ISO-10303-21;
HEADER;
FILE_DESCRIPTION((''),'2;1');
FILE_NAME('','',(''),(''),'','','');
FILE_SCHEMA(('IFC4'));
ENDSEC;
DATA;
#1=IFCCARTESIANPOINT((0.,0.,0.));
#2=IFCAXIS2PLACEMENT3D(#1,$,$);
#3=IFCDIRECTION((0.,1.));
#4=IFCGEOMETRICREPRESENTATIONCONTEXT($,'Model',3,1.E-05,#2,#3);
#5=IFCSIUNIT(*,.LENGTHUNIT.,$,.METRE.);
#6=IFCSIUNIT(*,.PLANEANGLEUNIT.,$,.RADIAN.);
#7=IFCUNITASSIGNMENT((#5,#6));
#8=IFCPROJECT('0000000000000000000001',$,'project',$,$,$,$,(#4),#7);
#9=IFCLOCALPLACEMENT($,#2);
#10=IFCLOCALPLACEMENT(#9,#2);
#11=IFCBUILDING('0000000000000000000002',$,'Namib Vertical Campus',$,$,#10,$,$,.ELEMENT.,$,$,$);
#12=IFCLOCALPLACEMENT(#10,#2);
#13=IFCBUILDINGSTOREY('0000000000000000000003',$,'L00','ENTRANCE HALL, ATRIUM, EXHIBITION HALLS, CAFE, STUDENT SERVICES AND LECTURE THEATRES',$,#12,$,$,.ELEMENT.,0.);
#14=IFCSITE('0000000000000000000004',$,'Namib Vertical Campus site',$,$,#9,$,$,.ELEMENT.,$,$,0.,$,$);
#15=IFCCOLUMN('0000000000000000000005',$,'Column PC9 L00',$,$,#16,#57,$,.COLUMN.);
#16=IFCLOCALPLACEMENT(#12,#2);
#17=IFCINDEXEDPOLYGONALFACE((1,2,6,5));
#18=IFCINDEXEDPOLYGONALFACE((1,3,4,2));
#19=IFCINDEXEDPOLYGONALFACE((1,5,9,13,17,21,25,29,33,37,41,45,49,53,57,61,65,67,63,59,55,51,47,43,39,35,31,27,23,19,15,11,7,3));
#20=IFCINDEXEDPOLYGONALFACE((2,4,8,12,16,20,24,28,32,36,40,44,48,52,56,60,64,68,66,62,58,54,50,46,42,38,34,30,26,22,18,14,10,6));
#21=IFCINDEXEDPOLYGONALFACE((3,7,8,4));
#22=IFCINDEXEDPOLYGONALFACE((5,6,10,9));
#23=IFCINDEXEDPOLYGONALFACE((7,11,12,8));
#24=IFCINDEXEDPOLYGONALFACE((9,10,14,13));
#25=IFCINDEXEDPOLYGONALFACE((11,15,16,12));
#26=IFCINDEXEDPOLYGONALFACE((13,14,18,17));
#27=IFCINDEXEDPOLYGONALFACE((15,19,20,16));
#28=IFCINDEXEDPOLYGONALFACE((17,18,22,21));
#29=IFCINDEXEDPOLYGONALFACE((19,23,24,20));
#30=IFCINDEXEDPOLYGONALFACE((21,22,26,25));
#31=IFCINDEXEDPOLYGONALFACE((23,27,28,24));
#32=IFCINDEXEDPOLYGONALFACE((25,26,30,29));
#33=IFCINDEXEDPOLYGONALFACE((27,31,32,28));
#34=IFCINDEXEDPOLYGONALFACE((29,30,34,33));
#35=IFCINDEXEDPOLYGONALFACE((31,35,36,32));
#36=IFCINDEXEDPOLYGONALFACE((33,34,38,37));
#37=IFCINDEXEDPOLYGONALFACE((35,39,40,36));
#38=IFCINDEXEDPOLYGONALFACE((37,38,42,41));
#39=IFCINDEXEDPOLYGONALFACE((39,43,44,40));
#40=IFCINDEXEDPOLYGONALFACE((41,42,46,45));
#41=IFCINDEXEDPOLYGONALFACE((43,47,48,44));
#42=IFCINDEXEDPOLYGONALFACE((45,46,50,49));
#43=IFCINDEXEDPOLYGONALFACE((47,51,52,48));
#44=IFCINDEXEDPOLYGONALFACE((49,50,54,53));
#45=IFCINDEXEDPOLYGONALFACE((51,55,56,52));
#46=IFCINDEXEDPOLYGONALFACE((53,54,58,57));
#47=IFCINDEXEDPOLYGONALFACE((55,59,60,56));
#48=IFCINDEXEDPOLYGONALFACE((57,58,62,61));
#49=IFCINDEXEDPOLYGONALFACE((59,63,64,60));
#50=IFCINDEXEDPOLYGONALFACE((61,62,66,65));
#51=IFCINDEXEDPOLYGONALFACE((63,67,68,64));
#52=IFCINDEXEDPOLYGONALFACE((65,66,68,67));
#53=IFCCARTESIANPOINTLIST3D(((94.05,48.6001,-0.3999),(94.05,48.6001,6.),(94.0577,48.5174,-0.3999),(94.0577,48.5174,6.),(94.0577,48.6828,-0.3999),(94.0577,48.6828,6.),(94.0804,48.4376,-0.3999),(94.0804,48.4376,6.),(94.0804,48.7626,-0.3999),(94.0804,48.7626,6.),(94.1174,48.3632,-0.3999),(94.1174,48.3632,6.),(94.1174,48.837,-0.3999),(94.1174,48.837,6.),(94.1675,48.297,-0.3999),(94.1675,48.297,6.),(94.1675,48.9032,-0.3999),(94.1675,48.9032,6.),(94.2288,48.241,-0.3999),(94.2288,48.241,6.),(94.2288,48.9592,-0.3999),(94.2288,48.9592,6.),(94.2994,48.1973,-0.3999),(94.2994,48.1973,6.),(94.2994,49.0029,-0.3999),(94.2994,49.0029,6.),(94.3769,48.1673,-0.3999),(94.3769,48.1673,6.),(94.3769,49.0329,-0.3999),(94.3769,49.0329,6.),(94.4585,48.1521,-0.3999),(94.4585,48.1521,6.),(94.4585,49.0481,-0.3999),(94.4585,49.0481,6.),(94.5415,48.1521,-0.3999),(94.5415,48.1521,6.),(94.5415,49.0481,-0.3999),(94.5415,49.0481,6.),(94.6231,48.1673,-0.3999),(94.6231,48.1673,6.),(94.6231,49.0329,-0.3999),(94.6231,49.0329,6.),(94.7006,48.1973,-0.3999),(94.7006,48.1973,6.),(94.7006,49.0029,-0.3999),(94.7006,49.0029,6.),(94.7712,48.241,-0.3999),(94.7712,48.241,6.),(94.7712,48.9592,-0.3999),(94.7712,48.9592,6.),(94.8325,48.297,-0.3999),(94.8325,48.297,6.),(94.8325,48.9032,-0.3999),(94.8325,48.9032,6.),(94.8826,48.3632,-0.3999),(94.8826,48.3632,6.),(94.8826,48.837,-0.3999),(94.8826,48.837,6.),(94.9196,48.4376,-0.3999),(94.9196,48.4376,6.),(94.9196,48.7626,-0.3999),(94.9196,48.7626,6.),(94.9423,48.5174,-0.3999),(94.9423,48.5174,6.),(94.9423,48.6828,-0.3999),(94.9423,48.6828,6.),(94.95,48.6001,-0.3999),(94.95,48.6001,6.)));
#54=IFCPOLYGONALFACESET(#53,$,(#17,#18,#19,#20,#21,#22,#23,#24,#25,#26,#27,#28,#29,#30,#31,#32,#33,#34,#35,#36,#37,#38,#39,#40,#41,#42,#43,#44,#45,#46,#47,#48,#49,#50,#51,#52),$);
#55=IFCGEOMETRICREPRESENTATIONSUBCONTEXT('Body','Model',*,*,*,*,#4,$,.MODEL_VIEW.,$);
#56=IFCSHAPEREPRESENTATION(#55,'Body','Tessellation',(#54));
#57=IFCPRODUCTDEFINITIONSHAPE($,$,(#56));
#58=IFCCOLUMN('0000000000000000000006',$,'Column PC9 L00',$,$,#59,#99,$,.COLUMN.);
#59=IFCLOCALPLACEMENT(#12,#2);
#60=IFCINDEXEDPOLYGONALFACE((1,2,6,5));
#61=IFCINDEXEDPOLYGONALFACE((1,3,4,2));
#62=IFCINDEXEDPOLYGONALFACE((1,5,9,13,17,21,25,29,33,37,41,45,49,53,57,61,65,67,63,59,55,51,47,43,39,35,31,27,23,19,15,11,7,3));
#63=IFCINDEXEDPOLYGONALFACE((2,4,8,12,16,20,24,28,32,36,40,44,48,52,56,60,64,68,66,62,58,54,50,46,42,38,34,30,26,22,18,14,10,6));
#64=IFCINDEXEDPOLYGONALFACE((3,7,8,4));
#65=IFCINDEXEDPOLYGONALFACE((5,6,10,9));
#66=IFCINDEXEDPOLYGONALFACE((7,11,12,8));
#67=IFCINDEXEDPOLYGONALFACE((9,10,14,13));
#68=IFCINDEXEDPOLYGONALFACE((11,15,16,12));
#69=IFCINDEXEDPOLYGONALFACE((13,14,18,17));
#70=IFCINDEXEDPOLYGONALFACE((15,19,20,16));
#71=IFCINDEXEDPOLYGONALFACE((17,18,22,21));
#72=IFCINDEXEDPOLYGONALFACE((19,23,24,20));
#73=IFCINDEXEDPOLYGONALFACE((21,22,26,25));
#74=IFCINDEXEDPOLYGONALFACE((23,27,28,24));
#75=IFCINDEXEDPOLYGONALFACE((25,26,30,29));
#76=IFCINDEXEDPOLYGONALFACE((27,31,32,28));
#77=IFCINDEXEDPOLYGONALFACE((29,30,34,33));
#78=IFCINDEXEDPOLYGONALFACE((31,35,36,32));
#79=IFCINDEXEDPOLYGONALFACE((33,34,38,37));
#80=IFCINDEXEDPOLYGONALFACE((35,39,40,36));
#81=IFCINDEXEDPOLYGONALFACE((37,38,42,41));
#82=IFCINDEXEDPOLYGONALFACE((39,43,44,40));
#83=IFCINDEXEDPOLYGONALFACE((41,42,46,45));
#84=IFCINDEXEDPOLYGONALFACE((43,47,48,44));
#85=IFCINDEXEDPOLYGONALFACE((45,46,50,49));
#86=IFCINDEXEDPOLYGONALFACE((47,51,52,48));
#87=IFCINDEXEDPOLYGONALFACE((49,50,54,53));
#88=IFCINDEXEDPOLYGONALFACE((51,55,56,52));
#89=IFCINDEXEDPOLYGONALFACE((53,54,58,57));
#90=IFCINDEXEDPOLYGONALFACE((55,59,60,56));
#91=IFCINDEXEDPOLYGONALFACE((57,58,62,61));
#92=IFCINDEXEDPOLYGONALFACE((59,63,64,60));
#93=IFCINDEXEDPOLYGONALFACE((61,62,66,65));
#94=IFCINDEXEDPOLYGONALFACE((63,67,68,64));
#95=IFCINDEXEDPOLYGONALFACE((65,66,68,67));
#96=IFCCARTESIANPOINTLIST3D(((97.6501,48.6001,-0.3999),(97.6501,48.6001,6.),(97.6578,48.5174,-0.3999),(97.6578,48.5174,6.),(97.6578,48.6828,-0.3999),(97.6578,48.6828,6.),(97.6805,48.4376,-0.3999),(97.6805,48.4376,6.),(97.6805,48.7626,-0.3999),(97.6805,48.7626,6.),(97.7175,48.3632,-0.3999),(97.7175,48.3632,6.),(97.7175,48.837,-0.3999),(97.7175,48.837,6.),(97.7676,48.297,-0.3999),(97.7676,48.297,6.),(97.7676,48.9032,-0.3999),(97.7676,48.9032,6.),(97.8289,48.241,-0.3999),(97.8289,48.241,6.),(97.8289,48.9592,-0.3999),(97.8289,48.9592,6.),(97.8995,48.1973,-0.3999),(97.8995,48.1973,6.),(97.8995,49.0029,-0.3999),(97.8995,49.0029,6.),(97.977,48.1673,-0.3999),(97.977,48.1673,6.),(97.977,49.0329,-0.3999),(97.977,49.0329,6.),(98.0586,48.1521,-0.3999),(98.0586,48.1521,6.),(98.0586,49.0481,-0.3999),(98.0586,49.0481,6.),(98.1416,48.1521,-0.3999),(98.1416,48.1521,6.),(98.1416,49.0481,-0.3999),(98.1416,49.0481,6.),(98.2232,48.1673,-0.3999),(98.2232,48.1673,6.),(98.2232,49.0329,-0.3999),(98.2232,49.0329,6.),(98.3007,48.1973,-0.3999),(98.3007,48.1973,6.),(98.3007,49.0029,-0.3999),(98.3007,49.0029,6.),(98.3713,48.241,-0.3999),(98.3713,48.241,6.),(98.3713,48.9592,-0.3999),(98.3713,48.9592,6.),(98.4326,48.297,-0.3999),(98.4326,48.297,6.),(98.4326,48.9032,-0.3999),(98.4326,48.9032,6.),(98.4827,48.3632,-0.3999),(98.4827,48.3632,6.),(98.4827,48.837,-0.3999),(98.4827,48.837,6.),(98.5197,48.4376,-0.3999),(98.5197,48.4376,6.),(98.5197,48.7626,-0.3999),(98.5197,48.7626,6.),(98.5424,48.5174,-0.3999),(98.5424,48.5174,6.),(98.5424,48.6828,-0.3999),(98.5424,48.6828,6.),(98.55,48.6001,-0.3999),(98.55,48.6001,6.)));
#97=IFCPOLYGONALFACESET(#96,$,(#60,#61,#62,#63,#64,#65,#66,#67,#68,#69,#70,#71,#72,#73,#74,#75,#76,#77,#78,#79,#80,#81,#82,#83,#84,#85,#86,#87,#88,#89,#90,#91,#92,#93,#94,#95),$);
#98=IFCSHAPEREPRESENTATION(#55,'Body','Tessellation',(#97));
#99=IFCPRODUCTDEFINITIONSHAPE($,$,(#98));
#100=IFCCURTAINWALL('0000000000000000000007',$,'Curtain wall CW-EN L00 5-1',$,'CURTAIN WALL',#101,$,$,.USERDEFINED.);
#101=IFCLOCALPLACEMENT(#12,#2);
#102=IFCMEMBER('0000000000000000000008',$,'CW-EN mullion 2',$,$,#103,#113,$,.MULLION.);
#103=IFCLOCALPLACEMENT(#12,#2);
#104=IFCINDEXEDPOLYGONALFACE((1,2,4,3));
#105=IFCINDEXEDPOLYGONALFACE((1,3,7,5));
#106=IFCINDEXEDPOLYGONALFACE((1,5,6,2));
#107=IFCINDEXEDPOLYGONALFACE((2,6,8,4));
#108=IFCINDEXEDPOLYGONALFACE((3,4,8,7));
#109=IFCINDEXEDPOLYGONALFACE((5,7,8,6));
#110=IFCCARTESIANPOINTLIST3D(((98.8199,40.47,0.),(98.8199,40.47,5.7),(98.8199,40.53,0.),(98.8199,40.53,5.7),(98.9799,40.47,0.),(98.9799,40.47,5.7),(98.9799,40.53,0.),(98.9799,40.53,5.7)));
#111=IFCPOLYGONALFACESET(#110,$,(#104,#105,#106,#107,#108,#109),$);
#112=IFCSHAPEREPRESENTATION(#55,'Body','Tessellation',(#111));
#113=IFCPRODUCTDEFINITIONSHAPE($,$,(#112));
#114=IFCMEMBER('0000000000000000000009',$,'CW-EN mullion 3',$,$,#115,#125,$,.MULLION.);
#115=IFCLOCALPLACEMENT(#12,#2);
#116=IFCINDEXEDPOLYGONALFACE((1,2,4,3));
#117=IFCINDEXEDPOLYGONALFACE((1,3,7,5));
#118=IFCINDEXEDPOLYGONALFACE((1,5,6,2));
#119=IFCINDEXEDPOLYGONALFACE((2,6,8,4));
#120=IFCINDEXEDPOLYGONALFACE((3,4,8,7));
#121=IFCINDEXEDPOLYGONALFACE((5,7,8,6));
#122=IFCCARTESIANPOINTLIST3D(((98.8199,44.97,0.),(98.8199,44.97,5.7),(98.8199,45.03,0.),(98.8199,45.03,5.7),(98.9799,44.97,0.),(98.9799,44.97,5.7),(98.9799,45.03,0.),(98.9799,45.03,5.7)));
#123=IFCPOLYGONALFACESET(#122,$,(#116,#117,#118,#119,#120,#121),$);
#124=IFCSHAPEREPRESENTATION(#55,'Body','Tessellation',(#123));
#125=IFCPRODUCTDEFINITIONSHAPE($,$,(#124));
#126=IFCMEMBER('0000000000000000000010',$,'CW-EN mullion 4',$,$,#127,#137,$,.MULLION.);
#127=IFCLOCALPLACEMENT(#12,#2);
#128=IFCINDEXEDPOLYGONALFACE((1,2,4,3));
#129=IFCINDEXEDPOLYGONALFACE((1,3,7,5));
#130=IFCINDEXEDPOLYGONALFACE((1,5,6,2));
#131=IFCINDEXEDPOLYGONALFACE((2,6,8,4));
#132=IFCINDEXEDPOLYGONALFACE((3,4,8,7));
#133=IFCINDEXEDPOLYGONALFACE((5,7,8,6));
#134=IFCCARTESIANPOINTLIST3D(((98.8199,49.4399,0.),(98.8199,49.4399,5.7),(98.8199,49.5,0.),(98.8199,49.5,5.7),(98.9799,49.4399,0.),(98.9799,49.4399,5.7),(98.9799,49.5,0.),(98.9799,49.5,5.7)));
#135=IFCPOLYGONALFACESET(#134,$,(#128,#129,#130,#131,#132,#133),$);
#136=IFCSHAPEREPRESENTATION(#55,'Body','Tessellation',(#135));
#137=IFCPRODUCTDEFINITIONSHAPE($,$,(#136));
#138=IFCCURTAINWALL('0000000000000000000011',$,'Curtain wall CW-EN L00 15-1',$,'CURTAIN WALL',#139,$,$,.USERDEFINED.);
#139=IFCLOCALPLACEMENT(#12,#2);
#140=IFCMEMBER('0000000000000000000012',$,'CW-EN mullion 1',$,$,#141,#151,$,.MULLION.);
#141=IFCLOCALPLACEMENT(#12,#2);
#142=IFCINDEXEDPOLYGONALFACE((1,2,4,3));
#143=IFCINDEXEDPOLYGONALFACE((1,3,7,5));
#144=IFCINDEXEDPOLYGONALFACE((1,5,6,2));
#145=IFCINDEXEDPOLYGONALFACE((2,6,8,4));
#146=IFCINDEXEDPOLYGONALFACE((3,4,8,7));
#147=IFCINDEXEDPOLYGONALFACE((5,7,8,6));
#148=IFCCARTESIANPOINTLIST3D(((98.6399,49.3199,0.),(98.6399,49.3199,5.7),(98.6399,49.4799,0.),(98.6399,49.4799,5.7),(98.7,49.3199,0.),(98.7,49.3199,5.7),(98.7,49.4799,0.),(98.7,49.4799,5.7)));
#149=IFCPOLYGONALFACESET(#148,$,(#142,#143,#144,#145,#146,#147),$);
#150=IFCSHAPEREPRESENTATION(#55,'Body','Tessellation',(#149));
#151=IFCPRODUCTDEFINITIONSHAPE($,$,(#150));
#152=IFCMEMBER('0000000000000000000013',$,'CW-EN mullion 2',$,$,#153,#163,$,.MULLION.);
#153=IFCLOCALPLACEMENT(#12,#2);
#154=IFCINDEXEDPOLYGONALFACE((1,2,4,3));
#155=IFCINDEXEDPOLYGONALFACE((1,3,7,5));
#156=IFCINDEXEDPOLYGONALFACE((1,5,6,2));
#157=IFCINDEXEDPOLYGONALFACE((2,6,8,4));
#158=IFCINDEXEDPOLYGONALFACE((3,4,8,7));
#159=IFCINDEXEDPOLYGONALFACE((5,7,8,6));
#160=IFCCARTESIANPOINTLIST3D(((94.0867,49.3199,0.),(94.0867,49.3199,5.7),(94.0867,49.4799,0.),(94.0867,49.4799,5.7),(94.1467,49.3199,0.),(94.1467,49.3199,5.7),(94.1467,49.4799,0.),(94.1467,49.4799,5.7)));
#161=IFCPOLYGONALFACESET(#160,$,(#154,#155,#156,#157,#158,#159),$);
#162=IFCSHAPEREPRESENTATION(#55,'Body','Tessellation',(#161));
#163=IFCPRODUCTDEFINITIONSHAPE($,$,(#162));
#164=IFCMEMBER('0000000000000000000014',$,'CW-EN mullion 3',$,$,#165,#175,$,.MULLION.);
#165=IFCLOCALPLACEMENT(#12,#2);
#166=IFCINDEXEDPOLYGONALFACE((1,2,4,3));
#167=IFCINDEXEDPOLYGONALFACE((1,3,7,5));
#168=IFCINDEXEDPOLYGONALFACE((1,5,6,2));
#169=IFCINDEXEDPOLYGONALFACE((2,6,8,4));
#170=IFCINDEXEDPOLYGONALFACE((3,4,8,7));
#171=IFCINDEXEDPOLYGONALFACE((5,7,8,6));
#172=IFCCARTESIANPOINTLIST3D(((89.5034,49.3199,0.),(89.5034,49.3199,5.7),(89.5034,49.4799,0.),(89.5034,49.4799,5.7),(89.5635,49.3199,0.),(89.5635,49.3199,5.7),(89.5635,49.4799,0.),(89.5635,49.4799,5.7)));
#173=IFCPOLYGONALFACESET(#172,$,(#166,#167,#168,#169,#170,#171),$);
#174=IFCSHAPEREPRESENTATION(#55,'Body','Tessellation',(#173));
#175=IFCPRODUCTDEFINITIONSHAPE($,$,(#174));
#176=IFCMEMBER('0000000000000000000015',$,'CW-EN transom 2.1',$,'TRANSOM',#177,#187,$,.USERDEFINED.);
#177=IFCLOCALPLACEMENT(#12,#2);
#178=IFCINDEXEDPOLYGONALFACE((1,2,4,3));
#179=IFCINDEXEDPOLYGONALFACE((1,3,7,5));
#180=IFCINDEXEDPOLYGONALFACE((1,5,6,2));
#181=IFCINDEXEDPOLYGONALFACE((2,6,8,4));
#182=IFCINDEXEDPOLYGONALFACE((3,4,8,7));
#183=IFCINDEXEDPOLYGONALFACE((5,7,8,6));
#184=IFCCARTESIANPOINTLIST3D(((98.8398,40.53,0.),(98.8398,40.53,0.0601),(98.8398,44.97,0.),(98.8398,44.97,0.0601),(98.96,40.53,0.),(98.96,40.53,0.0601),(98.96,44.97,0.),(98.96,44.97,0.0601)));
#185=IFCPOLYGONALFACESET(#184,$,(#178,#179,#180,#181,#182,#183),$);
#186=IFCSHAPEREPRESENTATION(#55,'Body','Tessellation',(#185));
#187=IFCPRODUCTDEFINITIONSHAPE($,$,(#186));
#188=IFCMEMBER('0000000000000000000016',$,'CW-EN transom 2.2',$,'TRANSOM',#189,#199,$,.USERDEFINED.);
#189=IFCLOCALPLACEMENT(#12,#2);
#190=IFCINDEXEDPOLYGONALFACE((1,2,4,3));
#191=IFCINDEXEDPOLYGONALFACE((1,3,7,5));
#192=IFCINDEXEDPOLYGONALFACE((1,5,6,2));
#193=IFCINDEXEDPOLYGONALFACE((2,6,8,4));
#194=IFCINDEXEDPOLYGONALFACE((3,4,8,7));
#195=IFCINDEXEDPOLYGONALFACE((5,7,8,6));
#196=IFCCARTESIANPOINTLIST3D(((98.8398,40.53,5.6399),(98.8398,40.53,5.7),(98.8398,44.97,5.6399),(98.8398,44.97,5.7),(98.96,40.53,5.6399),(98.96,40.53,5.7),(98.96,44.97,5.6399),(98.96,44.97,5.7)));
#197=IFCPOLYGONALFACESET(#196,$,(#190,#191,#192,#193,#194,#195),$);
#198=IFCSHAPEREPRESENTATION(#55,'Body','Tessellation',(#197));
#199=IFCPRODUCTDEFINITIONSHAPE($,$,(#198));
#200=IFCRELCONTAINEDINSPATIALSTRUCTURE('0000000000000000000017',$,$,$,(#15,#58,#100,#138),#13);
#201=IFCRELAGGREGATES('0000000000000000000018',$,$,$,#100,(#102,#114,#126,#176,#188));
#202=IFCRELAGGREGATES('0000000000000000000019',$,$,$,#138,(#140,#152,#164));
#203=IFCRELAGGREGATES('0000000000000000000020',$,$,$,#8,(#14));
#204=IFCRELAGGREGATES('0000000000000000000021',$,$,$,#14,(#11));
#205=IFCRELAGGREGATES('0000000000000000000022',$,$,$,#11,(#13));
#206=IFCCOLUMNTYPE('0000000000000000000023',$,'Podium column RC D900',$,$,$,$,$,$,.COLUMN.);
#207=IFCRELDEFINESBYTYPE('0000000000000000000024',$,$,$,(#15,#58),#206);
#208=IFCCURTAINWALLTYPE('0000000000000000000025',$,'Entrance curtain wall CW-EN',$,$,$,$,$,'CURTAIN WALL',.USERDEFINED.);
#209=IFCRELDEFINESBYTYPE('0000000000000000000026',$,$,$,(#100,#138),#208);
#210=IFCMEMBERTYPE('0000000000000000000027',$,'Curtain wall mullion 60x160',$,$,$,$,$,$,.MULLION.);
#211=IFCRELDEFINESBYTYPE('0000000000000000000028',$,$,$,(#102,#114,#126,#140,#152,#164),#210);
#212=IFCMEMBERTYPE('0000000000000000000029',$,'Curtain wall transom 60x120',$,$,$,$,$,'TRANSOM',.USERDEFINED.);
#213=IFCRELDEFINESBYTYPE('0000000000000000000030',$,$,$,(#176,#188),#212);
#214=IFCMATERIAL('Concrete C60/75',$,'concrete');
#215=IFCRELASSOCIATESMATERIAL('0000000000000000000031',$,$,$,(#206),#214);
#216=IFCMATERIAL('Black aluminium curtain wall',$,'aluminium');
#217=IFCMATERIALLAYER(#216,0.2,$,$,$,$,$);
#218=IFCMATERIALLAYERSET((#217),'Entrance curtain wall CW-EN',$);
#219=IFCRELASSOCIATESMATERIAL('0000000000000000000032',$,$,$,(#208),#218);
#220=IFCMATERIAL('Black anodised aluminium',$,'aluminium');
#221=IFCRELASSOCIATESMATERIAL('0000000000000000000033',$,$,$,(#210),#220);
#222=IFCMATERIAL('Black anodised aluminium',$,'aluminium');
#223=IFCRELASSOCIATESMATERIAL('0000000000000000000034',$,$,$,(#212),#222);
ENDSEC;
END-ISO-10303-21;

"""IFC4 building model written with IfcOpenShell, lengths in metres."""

from ifc_helpers import new_model, si_unit, direction, frame, origin, origin_2d, place, context, subcontext, project, spatial, rectangle, circle, extrude, material, layer, layer_set, material_profile, profile_set, type_object, element, aggregate, save


model = new_model("IFC4")

# Units and contexts
model_context = context("Model", 3, precision=1e-05, world=origin(), true_north=direction((0.0, 1.0)))
body_context = subcontext(model_context, "Body", "Model", "MODEL_VIEW")
ifc_project = project(units=[si_unit("LENGTHUNIT", "METRE"), si_unit("PLANEANGLEUNIT", "RADIAN")], contexts=[model_context])

# Site, building, storey
site_placement = place(None, origin())
site = spatial("IfcSite", under=ifc_project, at=site_placement, Name="Namib Vertical Campus site", CompositionType="ELEMENT", RefElevation=0.0)
building_placement = place(site_placement, origin())
building = spatial("IfcBuilding", under=site, at=building_placement, Name="Namib Vertical Campus", CompositionType="ELEMENT")
storey_placement = place(building_placement, origin())
storey = spatial("IfcBuildingStorey", under=building, at=storey_placement, Name="L00", Description="ENTRANCE HALL, ATRIUM, EXHIBITION HALLS, CAFE, STUDENT SERVICES AND LECTURE THEATRES", CompositionType="ELEMENT", Elevation=0.0)

# Columns
ifc_material_1 = material(Name="Concrete C60/75", Category="concrete")
ifc_material_profile_1 = material_profile(ifc_material_1, circle(Radius=0.45, at=origin_2d()))
ifc_profile_set_1 = profile_set([ifc_material_profile_1], Name="Concrete C60/75")
column_type = type_object("IfcColumnType", Name="Podium column RC D900", PredefinedType="COLUMN", material=ifc_profile_set_1)
for number, where, z_axis, x_axis, name in (
    (1, (94.5, 48.6001, -0.3999), (0.0, 0.0, 1.0), (1.0, 0.0, 0.0), "Column PC9 L00"),
    (2, (98.1001, 48.6001, -0.3999), (0.0, 0.0, 1.0), (1.0, 0.0, 0.0), "Column PC9 L00"),
):
    element("IfcColumn", number, at=place(storey_placement, frame(where, z_axis=z_axis, x_axis=x_axis)), inside=storey, type_object=column_type, Name=name, PredefinedType="COLUMN", context=body_context, shape_type="SweptSolid", body=[
        extrude(circle(Radius=0.45, at=origin_2d()), origin(), (0.0, 0.0, 1.0), 6.3999),
    ])

# Curtain walls, members
ifc_material_2 = material(Name="Black aluminium curtain wall", Category="aluminium")
ifc_layer_1 = layer(ifc_material_2, 0.2)
ifc_layer_set_1 = layer_set([ifc_layer_1], Name="Entrance curtain wall CW-EN")
curtain_wall_type = type_object("IfcCurtainWallType", Name="Entrance curtain wall CW-EN", ElementType="CURTAIN WALL", PredefinedType="USERDEFINED", material=ifc_layer_set_1)
curtain_wall_1_placement = place(storey_placement, origin())
curtain_wall_1 = element("IfcCurtainWall", 3, at=curtain_wall_1_placement, inside=storey, type_object=curtain_wall_type, Name="Curtain wall CW-EN L00 5-1", ObjectType="CURTAIN WALL", PredefinedType="USERDEFINED")
ifc_material_3 = material(Name="Black anodised aluminium", Category="aluminium")
ifc_material_profile_2 = material_profile(ifc_material_3, rectangle(XDim=0.0601, YDim=0.1599, at=origin_2d()))
ifc_profile_set_2 = profile_set([ifc_material_profile_2], Name="Black anodised aluminium")
member_type_1 = type_object("IfcMemberType", Name="Curtain wall mullion 60x160", PredefinedType="MULLION", material=ifc_profile_set_2)
member_1_placement = place(storey_placement, frame((98.8999, 40.5, 0.0), z_axis=(0.0, 0.0, 1.0), x_axis=(0.0, 1.0, 0.0)))
member_1 = element("IfcMember", 4, at=member_1_placement, type_object=member_type_1, Name="CW-EN mullion 2", PredefinedType="MULLION", context=body_context, shape_type="SweptSolid", body=[
    extrude(rectangle(XDim=0.0601, YDim=0.1599, at=origin_2d()), origin(), (0.0, 0.0, 1.0), 5.7),
])
member_2_placement = place(storey_placement, frame((98.8999, 45.0, 0.0), z_axis=(0.0, 0.0, 1.0), x_axis=(0.0, 1.0, 0.0)))
member_2 = element("IfcMember", 5, at=member_2_placement, type_object=member_type_1, Name="CW-EN mullion 3", PredefinedType="MULLION", context=body_context, shape_type="SweptSolid", body=[
    extrude(rectangle(XDim=0.0601, YDim=0.1599, at=origin_2d()), origin(), (0.0, 0.0, 1.0), 5.7),
])
member_3_placement = place(storey_placement, frame((98.8999, 49.47, 0.0), z_axis=(0.0, 0.0, 1.0), x_axis=(0.0, 1.0, 0.0)))
member_3 = element("IfcMember", 6, at=member_3_placement, type_object=member_type_1, Name="CW-EN mullion 4", PredefinedType="MULLION", context=body_context, shape_type="SweptSolid", body=[
    extrude(rectangle(XDim=0.0601, YDim=0.1599, at=origin_2d()), origin(), (0.0, 0.0, 1.0), 5.7),
])
curtain_wall_2_placement = place(storey_placement, origin())
curtain_wall_2 = element("IfcCurtainWall", 7, at=curtain_wall_2_placement, inside=storey, type_object=curtain_wall_type, Name="Curtain wall CW-EN L00 15-1", ObjectType="CURTAIN WALL", PredefinedType="USERDEFINED")
member_4_placement = place(storey_placement, frame((98.6699, 49.3999, 0.0), z_axis=(0.0, 0.0, 1.0), x_axis=(-1.0, 0.0, 0.0)))
member_4 = element("IfcMember", 8, at=member_4_placement, type_object=member_type_1, Name="CW-EN mullion 1", PredefinedType="MULLION", context=body_context, shape_type="SweptSolid", body=[
    extrude(rectangle(XDim=0.0601, YDim=0.1599, at=origin_2d()), origin(), (0.0, 0.0, 1.0), 5.7),
])
member_5_placement = place(storey_placement, frame((94.1167, 49.3999, 0.0), z_axis=(0.0, 0.0, 1.0), x_axis=(-1.0, 0.0, 0.0)))
member_5 = element("IfcMember", 9, at=member_5_placement, type_object=member_type_1, Name="CW-EN mullion 2", PredefinedType="MULLION", context=body_context, shape_type="SweptSolid", body=[
    extrude(rectangle(XDim=0.0601, YDim=0.1599, at=origin_2d()), origin(), (0.0, 0.0, 1.0), 5.7),
])
member_6_placement = place(storey_placement, frame((89.5334, 49.3999, 0.0), z_axis=(0.0, 0.0, 1.0), x_axis=(-1.0, 0.0, 0.0)))
member_6 = element("IfcMember", 10, at=member_6_placement, type_object=member_type_1, Name="CW-EN mullion 3", PredefinedType="MULLION", context=body_context, shape_type="SweptSolid", body=[
    extrude(rectangle(XDim=0.0601, YDim=0.1599, at=origin_2d()), origin(), (0.0, 0.0, 1.0), 5.7),
])

# Members
ifc_material_4 = material(Name="Black anodised aluminium", Category="aluminium")
ifc_material_profile_3 = material_profile(ifc_material_4, rectangle(XDim=0.0601, YDim=0.1201, at=origin_2d()))
ifc_profile_set_3 = profile_set([ifc_material_profile_3], Name="Black anodised aluminium")
member_type_2 = type_object("IfcMemberType", Name="Curtain wall transom 60x120", ElementType="TRANSOM", PredefinedType="USERDEFINED", material=ifc_profile_set_3)
member_7_placement = place(storey_placement, frame((98.8999, 40.53, 0.03), z_axis=(0.0, 1.0, 0.0), x_axis=(0.0, 0.0, 1.0)))
member_7 = element("IfcMember", 11, at=member_7_placement, type_object=member_type_2, Name="CW-EN transom 2.1", ObjectType="TRANSOM", PredefinedType="USERDEFINED", context=body_context, shape_type="SweptSolid", body=[
    extrude(rectangle(XDim=0.0601, YDim=0.1201, at=origin_2d()), origin(), (0.0, 0.0, 1.0), 4.4399),
])
member_8_placement = place(storey_placement, frame((98.8999, 40.53, 5.6699), z_axis=(0.0, 1.0, 0.0), x_axis=(0.0, 0.0, 1.0)))
member_8 = element("IfcMember", 12, at=member_8_placement, type_object=member_type_2, Name="CW-EN transom 2.2", ObjectType="TRANSOM", PredefinedType="USERDEFINED", context=body_context, shape_type="SweptSolid", body=[
    extrude(rectangle(XDim=0.0601, YDim=0.1201, at=origin_2d()), origin(), (0.0, 0.0, 1.0), 4.4399),
])

aggregate(curtain_wall_1, [member_1, member_2, member_3, member_7, member_8])
aggregate(curtain_wall_2, [member_4, member_5, member_6])

save(model, "model.ifc")
